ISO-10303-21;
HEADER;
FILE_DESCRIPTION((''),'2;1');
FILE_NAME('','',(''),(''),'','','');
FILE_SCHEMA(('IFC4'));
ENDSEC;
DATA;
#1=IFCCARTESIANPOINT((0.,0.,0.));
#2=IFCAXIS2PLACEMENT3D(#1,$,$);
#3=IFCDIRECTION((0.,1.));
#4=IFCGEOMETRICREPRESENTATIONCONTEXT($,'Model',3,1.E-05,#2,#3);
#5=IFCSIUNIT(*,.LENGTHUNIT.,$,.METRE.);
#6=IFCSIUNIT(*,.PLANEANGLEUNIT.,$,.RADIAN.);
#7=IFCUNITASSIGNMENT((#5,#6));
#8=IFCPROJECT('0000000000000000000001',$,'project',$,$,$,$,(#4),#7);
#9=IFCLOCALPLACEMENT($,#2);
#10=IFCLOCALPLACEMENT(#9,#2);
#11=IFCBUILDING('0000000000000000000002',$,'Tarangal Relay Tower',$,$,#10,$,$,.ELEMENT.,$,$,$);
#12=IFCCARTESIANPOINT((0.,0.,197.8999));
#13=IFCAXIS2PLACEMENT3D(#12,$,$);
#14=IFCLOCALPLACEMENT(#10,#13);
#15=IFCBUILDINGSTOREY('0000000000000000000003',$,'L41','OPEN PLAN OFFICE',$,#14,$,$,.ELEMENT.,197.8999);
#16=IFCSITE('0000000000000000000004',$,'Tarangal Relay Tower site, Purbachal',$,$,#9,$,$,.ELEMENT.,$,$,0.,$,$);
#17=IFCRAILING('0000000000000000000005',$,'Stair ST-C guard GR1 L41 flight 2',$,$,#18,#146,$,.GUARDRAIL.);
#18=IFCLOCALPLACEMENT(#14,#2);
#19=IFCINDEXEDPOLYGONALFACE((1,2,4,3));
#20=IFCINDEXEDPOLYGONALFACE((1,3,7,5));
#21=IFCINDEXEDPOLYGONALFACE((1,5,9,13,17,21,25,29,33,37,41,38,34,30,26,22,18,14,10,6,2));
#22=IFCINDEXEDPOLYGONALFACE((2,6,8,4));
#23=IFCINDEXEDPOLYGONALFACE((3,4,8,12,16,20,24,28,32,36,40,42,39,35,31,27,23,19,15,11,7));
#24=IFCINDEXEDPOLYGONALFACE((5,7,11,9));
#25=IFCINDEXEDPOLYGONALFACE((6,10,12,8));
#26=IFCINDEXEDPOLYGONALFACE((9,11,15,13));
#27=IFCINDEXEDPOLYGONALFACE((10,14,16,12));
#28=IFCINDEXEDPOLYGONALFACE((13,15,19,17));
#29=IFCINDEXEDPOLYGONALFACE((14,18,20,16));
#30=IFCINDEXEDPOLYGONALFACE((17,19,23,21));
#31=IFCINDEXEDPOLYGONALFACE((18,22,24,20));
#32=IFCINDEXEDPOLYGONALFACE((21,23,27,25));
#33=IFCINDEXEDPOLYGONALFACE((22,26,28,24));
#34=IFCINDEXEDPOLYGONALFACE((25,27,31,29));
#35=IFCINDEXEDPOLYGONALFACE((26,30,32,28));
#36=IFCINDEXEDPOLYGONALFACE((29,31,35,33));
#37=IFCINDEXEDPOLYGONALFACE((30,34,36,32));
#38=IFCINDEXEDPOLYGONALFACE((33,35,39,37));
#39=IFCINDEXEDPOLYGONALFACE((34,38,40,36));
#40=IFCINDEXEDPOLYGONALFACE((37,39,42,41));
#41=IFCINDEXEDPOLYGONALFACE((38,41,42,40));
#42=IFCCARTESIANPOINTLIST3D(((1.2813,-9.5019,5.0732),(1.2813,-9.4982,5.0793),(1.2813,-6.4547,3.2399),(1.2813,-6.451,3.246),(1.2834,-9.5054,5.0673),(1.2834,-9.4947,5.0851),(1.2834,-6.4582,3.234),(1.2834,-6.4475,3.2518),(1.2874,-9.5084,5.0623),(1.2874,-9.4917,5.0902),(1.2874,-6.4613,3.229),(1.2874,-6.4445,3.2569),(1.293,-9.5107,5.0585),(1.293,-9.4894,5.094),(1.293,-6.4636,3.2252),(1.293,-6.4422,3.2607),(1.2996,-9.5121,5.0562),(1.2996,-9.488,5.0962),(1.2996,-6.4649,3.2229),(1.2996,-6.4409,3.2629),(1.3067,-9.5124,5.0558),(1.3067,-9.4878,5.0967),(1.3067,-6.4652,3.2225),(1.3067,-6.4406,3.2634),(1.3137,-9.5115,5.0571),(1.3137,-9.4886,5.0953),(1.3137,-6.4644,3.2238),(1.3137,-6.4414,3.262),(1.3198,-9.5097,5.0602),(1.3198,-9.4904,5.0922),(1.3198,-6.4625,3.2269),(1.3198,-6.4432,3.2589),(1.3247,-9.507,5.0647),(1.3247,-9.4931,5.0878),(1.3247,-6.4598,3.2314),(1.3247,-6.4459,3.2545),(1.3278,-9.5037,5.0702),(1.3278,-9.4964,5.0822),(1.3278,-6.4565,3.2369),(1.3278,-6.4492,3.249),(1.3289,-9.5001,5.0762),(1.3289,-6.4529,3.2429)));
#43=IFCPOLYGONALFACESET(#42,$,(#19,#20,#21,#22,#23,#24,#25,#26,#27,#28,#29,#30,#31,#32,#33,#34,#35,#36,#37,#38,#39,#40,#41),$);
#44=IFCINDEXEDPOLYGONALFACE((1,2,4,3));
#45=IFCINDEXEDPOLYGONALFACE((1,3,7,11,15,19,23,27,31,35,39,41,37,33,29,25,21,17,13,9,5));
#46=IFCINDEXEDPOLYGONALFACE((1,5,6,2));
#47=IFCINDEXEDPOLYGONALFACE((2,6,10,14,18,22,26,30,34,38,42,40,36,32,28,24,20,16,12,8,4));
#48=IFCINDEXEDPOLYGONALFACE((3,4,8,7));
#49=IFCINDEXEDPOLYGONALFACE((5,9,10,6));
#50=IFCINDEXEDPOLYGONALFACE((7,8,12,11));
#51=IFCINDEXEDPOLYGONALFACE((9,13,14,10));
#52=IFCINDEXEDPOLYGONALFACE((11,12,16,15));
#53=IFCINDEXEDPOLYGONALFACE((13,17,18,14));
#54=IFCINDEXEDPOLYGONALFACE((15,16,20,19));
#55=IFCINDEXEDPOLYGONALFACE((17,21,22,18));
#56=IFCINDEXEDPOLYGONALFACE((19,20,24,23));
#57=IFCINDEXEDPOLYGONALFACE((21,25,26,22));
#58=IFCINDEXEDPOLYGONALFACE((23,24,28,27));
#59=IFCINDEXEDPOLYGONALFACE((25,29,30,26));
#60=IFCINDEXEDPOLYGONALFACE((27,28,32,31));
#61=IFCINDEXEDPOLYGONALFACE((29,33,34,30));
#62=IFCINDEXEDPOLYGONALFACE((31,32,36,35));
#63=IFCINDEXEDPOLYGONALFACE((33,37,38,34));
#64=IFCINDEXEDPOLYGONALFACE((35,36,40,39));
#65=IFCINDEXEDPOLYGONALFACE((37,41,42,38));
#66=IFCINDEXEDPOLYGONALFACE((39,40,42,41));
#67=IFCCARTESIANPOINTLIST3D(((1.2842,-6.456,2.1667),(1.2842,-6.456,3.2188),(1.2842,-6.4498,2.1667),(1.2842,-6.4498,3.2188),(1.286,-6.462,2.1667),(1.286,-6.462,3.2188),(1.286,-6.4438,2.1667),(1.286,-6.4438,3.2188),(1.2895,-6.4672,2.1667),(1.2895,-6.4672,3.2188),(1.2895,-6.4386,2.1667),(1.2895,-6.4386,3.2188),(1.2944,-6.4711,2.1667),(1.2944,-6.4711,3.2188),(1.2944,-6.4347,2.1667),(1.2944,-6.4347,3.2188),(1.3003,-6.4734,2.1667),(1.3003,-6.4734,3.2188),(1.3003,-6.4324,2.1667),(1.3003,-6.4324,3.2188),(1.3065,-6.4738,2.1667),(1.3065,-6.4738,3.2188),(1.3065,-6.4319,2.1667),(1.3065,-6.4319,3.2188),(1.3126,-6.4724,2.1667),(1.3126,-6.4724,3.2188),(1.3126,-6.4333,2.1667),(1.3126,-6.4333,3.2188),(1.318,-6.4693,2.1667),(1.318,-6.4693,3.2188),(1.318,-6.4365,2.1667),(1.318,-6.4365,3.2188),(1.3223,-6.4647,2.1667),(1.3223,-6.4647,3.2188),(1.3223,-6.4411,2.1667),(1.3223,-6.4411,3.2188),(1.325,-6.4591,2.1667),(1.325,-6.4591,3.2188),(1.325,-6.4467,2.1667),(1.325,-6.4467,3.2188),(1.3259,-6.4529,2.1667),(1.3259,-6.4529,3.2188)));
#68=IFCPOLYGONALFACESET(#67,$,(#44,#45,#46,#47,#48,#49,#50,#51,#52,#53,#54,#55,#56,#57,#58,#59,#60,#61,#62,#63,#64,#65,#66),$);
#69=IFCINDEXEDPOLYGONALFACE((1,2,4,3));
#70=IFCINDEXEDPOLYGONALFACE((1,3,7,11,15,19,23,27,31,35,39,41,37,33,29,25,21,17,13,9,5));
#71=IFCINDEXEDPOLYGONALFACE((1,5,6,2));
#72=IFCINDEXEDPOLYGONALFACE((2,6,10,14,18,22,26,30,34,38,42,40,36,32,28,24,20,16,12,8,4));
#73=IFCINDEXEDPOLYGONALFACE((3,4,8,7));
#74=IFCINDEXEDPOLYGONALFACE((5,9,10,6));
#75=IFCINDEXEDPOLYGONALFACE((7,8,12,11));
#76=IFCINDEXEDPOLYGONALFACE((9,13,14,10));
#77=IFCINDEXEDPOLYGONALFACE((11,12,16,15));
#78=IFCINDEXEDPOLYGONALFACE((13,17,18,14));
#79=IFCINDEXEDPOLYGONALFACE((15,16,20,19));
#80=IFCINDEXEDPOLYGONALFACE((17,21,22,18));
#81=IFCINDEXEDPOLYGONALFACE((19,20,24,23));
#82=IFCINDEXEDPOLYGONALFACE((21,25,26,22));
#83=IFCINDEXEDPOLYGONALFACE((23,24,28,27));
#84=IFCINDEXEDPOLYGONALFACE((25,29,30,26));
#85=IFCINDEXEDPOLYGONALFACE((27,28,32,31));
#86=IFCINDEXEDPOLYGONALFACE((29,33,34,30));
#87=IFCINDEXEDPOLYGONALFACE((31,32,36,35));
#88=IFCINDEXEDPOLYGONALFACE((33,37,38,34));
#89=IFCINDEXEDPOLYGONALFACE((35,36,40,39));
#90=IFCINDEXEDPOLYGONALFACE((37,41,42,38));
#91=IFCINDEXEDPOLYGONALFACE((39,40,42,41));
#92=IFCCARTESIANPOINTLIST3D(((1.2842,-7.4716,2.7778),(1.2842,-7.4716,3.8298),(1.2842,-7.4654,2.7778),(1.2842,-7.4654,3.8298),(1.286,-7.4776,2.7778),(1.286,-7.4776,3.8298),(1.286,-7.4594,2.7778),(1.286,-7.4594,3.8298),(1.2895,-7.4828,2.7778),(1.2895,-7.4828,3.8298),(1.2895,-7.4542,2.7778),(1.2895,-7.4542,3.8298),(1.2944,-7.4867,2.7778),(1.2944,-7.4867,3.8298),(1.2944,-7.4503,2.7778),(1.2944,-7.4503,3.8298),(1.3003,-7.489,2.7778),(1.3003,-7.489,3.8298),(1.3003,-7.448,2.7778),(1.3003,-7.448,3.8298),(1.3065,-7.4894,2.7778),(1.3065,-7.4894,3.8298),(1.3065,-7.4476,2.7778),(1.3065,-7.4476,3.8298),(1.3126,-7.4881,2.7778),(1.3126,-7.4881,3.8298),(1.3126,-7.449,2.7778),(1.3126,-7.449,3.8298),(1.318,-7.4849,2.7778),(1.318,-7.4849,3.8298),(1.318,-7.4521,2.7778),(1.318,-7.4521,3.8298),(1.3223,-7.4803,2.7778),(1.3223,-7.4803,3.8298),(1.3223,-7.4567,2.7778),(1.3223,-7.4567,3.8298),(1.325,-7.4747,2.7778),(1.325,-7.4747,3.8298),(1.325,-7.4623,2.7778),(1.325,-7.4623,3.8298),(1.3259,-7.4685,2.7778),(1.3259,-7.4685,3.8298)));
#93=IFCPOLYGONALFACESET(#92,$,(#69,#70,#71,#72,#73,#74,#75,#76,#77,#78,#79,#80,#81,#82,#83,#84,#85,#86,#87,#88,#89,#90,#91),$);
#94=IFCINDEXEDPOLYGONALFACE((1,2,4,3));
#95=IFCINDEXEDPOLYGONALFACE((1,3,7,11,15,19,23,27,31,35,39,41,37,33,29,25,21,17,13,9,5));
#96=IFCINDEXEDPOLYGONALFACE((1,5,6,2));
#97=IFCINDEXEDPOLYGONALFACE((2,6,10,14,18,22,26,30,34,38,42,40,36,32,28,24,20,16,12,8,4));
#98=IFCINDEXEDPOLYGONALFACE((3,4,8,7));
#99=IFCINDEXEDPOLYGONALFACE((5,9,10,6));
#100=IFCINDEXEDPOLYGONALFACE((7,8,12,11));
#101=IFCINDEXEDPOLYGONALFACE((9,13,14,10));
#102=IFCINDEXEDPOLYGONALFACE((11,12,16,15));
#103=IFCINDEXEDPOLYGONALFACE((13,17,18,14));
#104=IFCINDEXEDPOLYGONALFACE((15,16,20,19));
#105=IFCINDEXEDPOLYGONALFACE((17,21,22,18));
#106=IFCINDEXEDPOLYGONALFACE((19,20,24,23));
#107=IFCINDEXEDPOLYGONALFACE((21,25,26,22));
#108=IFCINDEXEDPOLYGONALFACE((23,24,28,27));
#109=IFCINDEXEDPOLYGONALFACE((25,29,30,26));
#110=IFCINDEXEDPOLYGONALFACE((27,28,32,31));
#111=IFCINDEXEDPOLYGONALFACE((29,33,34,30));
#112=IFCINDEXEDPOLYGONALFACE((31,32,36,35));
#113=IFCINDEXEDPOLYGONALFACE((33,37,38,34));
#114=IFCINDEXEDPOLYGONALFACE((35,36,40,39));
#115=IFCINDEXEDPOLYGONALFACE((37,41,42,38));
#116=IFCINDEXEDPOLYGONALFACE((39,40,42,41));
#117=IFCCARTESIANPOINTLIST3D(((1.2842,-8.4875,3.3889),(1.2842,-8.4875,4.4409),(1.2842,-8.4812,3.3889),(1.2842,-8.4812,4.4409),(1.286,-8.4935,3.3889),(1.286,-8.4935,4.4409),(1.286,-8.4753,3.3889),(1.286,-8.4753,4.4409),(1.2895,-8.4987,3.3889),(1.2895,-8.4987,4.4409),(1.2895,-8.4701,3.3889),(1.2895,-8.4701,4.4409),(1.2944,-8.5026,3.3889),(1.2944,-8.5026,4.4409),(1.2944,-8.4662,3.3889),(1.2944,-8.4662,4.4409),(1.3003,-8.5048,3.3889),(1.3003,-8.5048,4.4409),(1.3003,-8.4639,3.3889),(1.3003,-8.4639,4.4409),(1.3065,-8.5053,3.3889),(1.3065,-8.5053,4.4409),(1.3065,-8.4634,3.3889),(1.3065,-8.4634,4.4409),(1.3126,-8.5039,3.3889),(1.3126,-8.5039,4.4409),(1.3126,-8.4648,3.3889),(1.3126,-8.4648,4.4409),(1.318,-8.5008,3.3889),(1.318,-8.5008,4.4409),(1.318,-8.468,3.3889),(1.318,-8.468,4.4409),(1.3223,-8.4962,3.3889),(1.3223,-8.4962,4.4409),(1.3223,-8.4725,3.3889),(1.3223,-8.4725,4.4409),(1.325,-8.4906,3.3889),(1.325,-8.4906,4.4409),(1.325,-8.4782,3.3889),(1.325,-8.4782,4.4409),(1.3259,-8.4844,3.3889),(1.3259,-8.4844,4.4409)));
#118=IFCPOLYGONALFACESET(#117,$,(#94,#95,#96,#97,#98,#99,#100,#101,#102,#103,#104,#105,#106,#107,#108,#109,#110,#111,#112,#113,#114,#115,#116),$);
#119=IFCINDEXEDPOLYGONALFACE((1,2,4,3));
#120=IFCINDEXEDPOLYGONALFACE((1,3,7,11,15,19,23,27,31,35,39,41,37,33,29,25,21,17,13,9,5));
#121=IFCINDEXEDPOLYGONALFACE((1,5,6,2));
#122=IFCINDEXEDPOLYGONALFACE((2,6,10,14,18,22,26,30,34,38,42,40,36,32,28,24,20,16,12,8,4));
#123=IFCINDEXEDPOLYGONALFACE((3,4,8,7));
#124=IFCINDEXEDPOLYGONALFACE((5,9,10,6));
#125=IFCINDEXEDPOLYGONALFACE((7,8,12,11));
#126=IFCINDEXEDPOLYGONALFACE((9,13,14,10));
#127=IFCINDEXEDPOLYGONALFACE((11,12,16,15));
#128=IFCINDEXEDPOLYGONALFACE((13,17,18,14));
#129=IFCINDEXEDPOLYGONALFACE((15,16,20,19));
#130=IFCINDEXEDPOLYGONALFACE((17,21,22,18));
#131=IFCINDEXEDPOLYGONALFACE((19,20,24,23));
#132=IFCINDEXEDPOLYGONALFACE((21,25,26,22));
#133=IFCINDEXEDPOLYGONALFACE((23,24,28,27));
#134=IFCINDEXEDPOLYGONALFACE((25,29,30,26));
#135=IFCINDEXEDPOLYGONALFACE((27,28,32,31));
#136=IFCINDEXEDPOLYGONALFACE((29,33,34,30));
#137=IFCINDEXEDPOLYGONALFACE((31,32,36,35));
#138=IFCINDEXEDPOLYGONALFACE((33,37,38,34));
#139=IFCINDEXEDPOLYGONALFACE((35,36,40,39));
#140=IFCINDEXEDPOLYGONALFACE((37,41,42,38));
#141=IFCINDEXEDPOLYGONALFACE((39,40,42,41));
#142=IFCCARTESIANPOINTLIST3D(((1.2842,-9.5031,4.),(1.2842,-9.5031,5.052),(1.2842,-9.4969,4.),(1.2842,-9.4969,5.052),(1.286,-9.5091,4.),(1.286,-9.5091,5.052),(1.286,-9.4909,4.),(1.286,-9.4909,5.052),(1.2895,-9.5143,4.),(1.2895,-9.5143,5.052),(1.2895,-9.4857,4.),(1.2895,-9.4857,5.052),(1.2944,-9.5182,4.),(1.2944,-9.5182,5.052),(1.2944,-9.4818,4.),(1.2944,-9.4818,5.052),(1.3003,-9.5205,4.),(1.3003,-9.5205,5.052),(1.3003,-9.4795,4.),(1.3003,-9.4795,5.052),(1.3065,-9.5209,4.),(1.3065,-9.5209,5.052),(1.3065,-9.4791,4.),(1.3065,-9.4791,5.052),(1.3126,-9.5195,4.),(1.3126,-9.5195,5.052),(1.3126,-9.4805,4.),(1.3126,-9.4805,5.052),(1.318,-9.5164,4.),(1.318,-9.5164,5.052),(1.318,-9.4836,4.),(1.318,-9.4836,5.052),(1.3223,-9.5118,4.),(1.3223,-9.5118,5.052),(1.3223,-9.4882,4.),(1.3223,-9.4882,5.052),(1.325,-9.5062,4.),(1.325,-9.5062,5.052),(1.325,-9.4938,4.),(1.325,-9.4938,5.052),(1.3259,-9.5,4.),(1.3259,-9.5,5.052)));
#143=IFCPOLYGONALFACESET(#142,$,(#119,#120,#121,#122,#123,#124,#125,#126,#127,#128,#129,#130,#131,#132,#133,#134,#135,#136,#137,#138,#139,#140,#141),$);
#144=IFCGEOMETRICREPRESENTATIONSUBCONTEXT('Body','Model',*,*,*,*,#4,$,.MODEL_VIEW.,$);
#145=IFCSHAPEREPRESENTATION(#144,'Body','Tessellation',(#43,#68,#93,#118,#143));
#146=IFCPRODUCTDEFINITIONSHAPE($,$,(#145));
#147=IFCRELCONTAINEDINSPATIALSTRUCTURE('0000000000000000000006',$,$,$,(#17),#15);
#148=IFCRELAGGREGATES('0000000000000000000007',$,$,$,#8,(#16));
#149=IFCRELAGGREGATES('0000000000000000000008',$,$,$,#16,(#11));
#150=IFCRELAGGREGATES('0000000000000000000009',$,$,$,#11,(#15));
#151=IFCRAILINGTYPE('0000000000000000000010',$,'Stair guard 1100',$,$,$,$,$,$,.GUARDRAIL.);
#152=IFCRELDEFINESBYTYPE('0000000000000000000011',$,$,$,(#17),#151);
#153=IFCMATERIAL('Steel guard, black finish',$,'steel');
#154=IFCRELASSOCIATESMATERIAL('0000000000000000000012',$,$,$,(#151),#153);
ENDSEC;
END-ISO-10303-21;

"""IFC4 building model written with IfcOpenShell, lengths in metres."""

from ifc_helpers import new_model, si_unit, direction, frame, origin, origin_2d, place, context, subcontext, project, spatial, circle, extrude, material, type_object, element, save


model = new_model("IFC4")

# Units and contexts
model_context = context("Model", 3, precision=1e-05, world=origin(), true_north=direction((0.0, 1.0)))
body_context = subcontext(model_context, "Body", "Model", "MODEL_VIEW")
ifc_project = project(units=[si_unit("LENGTHUNIT", "METRE"), si_unit("PLANEANGLEUNIT", "RADIAN")], contexts=[model_context])

# Site, building, storey
site_placement = place(None, origin())
site = spatial("IfcSite", under=ifc_project, at=site_placement, Name="Tarangal Relay Tower site, Purbachal", CompositionType="ELEMENT", RefElevation=0.0)
building_placement = place(site_placement, origin())
building = spatial("IfcBuilding", under=site, at=building_placement, Name="Tarangal Relay Tower", CompositionType="ELEMENT")
storey_placement = place(building_placement, frame((0.0, 0.0, 197.8999)))
storey = spatial("IfcBuildingStorey", under=building, at=storey_placement, Name="L41", Description="OPEN PLAN OFFICE", CompositionType="ELEMENT", Elevation=197.8999)

# Railing
ifc_material_1 = material(Name="Steel guard, black finish", Category="steel")
railing_type_1 = type_object("IfcRailingType", Name="Stair guard 1100", PredefinedType="GUARDRAIL", material=ifc_material_1)
railing_1_placement = place(storey_placement, frame((1.3049, -6.4529, 2.1667)))
element("IfcRailing", 1, at=railing_1_placement, inside=storey, type_object=railing_type_1, Name="Stair ST-C guard GR1 L41 flight 2", PredefinedType="GUARDRAIL", context=body_context, shape_type="SweptSolid", body=[
    extrude(circle(Radius=0.0239, at=origin_2d()), frame((0.0, 0.0, 1.0762), z_axis=(0.0, -0.856874, 0.515525), x_axis=(1.0, 0.0, 0.0)), (0.0, 0.0, 1.0), 3.5562),
    extrude(circle(Radius=0.021, at=origin_2d()), origin(), (0.0, 0.0, 1.0), 1.052),
    extrude(circle(Radius=0.021, at=origin_2d()), frame((0.0, -1.0156, 0.6111)), (0.0, 0.0, 1.0), 1.052),
    extrude(circle(Radius=0.021, at=origin_2d()), frame((0.0, -2.0315, 1.2222)), (0.0, 0.0, 1.0), 1.052),
    extrude(circle(Radius=0.021, at=origin_2d()), frame((0.0, -3.0471, 1.8333)), (0.0, 0.0, 1.0), 1.052),
])

save(model, "model.ifc")
